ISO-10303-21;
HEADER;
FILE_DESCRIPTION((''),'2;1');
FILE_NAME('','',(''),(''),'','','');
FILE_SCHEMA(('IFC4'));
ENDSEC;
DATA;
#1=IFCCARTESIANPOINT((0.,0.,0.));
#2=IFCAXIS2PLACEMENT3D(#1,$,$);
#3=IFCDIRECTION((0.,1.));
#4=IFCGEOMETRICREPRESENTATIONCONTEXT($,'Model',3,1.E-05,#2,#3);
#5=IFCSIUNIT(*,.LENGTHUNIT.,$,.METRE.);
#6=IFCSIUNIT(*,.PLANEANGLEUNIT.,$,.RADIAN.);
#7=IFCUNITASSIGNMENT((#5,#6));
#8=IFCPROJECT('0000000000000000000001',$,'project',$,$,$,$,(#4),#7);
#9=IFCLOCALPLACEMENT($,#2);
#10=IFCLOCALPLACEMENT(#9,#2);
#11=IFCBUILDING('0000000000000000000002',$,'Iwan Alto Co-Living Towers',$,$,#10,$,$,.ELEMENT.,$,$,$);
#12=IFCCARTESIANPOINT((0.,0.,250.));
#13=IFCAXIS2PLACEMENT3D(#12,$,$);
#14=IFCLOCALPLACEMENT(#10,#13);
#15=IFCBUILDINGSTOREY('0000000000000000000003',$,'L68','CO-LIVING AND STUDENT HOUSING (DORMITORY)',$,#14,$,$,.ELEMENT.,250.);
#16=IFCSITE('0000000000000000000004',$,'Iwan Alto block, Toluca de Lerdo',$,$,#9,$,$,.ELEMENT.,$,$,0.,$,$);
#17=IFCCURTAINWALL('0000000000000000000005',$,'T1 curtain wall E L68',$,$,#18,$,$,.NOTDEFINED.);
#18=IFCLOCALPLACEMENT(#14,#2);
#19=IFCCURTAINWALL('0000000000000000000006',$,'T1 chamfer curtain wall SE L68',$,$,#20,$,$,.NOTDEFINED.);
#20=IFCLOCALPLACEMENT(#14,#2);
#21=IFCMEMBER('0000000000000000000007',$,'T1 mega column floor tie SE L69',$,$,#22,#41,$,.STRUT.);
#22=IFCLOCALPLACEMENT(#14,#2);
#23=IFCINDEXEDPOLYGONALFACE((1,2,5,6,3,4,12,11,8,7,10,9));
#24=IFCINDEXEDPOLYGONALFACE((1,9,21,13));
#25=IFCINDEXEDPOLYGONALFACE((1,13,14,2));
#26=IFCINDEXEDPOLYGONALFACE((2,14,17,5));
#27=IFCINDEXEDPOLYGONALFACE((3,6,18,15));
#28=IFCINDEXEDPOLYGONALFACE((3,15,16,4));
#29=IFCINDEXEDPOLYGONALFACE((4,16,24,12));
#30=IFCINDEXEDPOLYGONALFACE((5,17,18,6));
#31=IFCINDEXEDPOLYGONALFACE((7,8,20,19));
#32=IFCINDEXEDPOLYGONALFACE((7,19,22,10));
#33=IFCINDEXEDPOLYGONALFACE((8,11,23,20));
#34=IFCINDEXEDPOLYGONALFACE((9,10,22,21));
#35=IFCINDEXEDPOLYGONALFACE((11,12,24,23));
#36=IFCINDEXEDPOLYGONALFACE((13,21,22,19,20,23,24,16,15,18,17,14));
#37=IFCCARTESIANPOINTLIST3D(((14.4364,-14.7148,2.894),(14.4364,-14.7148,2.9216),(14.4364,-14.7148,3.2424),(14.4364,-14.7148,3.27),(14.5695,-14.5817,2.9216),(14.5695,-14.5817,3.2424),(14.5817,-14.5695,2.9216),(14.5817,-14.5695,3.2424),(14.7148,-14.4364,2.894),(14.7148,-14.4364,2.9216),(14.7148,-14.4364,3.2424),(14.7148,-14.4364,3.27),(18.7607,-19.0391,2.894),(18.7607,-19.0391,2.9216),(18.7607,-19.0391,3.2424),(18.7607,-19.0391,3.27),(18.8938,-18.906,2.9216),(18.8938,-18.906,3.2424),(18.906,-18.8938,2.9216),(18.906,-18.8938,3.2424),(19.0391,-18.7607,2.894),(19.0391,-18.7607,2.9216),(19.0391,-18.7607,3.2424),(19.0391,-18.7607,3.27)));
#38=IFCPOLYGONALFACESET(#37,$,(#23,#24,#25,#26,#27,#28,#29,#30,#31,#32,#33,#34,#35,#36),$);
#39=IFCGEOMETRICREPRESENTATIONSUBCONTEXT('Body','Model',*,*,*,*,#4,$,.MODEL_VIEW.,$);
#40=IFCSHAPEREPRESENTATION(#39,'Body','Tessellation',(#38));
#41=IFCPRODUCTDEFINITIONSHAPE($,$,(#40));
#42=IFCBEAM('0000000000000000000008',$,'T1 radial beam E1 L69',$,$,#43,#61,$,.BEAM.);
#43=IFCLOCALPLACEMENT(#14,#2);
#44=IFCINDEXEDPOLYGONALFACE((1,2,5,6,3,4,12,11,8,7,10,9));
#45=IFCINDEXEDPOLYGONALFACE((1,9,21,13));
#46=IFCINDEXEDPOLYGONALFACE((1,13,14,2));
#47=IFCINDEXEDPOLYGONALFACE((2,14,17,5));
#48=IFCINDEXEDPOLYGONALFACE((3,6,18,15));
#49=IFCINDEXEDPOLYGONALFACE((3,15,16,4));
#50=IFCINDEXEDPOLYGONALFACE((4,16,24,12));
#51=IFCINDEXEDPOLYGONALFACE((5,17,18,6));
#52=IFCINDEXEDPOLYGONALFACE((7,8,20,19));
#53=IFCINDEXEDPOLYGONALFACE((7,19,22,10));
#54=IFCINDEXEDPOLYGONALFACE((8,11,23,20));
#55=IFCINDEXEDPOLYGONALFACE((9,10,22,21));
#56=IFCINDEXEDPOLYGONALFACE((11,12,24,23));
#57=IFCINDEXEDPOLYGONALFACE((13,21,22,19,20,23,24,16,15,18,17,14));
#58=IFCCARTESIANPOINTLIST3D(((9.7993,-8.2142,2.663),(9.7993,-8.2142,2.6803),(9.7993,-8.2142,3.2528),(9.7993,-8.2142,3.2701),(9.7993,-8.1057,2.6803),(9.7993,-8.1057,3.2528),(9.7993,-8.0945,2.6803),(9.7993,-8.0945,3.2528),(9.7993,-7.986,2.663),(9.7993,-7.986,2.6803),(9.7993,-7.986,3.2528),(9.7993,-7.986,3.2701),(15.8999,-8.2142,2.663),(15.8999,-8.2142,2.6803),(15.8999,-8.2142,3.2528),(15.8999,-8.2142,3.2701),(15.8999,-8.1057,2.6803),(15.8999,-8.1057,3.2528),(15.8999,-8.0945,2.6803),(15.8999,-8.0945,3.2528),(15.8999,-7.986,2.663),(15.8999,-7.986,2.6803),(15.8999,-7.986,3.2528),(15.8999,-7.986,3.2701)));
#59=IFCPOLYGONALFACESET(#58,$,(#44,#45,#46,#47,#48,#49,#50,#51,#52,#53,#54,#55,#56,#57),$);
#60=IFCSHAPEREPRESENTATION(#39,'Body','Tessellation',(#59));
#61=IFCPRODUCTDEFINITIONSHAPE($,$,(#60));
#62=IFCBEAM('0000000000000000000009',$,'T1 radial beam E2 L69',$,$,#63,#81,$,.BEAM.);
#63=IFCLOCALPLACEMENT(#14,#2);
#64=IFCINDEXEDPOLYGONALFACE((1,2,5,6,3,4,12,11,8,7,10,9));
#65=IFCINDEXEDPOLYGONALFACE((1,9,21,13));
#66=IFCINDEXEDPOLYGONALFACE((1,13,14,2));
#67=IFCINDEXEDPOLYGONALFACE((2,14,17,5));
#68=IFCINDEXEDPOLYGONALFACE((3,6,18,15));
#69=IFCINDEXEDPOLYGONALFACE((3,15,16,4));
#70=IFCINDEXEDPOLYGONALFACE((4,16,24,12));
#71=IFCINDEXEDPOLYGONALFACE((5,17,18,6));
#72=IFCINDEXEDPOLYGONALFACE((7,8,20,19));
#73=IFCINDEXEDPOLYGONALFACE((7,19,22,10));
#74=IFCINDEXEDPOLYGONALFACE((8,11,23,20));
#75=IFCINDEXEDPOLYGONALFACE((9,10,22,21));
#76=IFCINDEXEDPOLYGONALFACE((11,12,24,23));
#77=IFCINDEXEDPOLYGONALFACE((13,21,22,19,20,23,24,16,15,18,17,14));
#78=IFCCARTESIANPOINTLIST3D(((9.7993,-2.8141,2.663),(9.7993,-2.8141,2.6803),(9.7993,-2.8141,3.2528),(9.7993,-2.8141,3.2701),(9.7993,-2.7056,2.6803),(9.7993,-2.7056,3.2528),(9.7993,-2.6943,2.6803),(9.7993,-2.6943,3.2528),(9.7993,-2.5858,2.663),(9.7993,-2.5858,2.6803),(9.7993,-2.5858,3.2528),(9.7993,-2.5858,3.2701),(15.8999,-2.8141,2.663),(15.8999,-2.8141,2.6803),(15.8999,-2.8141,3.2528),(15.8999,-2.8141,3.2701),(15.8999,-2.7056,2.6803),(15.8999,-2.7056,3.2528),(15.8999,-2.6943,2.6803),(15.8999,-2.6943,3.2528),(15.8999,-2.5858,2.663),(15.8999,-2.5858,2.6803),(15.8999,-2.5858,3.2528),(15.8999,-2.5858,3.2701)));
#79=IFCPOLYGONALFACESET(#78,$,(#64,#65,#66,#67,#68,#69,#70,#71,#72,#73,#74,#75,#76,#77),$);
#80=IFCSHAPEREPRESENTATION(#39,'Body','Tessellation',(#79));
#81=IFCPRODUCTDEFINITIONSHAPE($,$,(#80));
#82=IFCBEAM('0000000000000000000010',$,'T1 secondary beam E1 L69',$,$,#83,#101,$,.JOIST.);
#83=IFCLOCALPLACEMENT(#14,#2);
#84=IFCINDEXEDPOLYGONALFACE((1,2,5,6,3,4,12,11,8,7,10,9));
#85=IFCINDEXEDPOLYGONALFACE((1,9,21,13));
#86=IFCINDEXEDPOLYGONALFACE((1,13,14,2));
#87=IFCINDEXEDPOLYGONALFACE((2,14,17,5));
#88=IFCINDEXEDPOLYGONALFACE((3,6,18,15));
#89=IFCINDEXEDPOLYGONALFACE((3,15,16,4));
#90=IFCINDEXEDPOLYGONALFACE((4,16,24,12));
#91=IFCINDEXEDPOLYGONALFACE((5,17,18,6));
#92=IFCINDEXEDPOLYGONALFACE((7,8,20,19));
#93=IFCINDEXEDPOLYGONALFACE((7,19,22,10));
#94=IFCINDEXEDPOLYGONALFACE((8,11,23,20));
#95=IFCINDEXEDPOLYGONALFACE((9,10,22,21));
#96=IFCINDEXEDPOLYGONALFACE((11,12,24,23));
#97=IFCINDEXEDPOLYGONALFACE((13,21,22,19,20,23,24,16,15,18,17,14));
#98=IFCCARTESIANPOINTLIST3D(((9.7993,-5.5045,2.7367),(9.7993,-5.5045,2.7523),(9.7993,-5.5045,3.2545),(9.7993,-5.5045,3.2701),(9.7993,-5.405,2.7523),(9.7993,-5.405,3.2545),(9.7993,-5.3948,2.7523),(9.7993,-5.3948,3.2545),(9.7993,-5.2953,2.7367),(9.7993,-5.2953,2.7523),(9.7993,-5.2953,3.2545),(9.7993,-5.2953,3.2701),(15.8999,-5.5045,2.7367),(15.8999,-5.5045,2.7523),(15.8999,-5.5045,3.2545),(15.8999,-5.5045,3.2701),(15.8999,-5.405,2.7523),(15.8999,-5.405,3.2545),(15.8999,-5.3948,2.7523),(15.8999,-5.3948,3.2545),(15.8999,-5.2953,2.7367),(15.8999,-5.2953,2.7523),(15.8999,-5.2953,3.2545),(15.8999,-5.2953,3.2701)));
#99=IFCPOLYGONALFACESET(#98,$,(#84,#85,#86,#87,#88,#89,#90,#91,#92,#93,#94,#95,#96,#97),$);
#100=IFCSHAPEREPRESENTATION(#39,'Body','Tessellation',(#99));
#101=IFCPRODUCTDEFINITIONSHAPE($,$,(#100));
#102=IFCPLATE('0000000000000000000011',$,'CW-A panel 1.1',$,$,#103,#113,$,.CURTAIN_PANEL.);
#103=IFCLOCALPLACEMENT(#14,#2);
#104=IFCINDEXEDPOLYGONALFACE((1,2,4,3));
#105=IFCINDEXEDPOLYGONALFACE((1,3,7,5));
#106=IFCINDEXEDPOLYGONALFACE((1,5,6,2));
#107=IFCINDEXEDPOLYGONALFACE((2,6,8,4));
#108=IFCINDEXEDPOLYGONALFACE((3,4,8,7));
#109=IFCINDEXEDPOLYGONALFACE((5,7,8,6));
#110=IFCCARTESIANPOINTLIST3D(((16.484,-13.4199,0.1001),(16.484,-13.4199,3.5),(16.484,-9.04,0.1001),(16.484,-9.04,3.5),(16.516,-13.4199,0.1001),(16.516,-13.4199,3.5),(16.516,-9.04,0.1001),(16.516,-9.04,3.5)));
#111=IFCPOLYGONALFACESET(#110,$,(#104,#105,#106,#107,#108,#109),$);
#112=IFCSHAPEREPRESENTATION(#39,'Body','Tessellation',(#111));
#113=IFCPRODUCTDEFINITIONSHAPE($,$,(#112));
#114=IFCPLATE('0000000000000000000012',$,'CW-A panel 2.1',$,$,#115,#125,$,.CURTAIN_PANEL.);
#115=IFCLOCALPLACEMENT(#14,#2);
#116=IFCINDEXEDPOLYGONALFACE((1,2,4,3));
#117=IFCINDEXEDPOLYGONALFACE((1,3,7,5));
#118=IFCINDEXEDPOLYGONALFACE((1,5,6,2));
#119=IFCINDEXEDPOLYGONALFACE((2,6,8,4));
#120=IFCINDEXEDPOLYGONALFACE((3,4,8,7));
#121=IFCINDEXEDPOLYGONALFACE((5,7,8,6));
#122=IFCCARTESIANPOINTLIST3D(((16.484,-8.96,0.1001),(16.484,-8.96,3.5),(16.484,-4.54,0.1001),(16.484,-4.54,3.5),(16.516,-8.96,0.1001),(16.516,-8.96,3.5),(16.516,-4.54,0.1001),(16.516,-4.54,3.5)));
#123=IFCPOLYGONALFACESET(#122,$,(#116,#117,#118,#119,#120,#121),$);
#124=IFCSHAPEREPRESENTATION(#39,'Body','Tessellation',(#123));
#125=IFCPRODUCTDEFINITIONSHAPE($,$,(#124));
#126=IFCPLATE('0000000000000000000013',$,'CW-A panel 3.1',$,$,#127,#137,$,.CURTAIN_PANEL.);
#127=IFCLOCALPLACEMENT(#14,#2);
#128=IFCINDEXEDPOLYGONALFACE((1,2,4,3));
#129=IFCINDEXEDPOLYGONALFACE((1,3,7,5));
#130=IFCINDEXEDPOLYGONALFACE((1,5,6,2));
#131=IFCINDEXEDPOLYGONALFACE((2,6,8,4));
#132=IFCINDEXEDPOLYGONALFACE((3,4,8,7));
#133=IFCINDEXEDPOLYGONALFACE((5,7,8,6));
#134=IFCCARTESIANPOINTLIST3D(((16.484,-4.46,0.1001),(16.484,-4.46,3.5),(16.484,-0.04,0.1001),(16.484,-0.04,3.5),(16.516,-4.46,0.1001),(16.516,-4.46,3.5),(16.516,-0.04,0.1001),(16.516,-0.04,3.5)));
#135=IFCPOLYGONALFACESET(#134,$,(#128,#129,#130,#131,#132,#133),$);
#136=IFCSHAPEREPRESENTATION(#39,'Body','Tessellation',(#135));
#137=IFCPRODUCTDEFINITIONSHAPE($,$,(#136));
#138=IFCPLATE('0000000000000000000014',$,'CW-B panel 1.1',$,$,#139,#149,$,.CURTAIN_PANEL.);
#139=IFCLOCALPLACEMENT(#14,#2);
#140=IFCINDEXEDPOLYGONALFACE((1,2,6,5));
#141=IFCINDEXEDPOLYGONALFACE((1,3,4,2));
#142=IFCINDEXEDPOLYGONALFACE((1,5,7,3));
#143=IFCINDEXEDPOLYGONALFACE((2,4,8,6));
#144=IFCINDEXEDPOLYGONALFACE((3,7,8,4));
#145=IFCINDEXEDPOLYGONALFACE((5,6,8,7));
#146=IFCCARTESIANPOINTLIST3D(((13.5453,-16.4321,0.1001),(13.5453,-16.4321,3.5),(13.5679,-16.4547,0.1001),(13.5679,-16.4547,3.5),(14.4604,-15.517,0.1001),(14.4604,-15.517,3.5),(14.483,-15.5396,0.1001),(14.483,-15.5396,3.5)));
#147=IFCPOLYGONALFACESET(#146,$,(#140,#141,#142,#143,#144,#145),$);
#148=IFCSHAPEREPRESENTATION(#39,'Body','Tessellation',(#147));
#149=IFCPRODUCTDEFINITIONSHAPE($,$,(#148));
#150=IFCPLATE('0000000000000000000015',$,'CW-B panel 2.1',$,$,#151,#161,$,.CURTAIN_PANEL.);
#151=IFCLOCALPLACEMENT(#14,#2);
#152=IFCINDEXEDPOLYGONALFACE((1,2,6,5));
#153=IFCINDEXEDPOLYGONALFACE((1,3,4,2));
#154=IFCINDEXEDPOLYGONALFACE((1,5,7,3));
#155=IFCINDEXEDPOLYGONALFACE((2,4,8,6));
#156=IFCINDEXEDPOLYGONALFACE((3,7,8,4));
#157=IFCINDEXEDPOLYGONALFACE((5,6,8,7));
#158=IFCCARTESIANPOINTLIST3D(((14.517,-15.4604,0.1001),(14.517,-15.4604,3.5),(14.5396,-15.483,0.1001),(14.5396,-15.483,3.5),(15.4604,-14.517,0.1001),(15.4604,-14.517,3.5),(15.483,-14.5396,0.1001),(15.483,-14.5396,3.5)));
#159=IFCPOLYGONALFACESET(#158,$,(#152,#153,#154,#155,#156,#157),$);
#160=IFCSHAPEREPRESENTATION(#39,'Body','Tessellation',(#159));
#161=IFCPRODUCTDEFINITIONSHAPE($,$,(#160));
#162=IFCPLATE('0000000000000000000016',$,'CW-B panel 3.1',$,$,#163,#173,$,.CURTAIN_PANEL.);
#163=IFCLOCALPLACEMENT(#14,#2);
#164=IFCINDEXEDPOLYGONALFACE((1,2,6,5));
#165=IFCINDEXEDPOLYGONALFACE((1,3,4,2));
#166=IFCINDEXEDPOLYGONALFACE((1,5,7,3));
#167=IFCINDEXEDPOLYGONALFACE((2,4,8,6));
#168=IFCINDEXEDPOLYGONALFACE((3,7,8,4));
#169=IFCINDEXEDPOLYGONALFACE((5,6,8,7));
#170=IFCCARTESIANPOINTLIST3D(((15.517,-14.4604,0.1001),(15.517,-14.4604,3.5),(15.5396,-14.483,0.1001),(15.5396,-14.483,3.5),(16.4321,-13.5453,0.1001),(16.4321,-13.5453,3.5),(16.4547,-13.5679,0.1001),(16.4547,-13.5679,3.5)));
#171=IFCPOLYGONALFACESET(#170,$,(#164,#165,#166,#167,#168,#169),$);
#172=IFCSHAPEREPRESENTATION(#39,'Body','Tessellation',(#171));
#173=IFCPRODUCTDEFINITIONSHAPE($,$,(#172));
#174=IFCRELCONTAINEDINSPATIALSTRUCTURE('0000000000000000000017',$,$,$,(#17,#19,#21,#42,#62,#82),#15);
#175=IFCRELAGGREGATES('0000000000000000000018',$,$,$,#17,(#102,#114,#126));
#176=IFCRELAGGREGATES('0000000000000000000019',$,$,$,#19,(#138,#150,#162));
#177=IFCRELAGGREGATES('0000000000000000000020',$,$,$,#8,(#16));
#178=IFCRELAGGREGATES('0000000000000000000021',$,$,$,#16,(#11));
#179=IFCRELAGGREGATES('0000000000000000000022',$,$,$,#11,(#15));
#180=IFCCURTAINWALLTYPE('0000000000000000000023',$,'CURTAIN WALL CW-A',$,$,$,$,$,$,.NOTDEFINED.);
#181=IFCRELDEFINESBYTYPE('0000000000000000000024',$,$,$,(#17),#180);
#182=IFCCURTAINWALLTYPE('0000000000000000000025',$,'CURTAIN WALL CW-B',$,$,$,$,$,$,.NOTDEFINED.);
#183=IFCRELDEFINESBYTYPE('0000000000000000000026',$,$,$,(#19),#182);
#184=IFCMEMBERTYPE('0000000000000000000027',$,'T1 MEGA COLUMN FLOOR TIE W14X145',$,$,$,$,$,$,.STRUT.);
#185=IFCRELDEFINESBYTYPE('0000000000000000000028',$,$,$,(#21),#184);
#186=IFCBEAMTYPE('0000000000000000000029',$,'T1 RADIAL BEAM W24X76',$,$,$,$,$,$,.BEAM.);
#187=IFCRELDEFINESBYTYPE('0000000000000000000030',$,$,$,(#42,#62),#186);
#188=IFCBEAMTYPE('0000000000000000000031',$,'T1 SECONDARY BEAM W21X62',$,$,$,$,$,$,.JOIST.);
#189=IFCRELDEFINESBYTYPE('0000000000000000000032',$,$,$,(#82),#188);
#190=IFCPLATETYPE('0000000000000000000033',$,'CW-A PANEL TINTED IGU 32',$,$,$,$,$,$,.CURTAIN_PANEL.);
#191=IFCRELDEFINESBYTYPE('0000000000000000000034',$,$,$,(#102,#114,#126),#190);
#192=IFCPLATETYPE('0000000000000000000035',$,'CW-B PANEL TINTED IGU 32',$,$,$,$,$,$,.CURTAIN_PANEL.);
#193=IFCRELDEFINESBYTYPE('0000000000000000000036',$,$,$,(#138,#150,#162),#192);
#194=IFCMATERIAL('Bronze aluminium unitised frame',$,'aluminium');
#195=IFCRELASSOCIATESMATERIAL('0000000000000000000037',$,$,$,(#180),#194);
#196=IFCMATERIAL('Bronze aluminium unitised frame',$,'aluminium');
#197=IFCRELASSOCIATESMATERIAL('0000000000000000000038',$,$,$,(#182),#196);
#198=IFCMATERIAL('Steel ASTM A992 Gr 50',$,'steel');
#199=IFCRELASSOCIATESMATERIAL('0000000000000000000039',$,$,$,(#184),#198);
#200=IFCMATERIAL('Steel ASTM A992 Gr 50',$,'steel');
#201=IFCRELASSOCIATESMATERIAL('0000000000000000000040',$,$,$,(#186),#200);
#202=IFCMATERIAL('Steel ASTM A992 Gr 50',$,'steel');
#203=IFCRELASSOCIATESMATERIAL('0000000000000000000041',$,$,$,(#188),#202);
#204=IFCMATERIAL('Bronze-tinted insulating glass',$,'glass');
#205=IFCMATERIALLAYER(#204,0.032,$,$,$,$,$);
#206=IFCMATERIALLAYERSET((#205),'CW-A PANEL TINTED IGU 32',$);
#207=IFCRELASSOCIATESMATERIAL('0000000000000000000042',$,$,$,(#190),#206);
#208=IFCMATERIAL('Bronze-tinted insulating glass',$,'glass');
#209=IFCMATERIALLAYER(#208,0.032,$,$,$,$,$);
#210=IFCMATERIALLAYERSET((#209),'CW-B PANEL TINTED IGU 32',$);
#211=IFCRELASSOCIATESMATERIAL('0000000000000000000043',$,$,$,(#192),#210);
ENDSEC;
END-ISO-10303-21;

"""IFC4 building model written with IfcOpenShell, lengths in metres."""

from ifc_helpers import new_model, si_unit, direction, frame, origin, origin_2d, place, context, subcontext, project, spatial, rectangle, i_section, extrude, material, layer, layer_set, material_profile, profile_set, type_object, element, aggregate, save


model = new_model("IFC4")

# Units and contexts
model_context = context("Model", 3, precision=1e-05, world=origin(), true_north=direction((0.0, 1.0)))
body_context = subcontext(model_context, "Body", "Model", "MODEL_VIEW")
ifc_project = project(units=[si_unit("LENGTHUNIT", "METRE"), si_unit("PLANEANGLEUNIT", "RADIAN")], contexts=[model_context])

# Site, building, storey
site_placement = place(None, origin())
site = spatial("IfcSite", under=ifc_project, at=site_placement, Name="Iwan Alto block, Toluca de Lerdo", CompositionType="ELEMENT", RefElevation=0.0)
building_placement = place(site_placement, origin())
building = spatial("IfcBuilding", under=site, at=building_placement, Name="Iwan Alto Co-Living Towers", CompositionType="ELEMENT")
storey_placement = place(building_placement, frame((0.0, 0.0, 250.0)))
storey = spatial("IfcBuildingStorey", under=building, at=storey_placement, Name="L68", Description="CO-LIVING AND STUDENT HOUSING (DORMITORY)", CompositionType="ELEMENT", Elevation=250.0)

# Shared definitions
ifc_material_1 = material(Name="Bronze aluminium unitised frame", Category="aluminium")
curtain_wall_type_1 = type_object("IfcCurtainWallType", Name="CURTAIN WALL CW-A", PredefinedType="NOTDEFINED", material=ifc_material_1)

# Curtain walls
curtain_wall_1_placement = place(storey_placement, origin())
curtain_wall_1 = element("IfcCurtainWall", 1, at=curtain_wall_1_placement, inside=storey, type_object=curtain_wall_type_1, Name="T1 curtain wall E L68", PredefinedType="NOTDEFINED")
ifc_material_2 = material(Name="Bronze aluminium unitised frame", Category="aluminium")
curtain_wall_type_2 = type_object("IfcCurtainWallType", Name="CURTAIN WALL CW-B", PredefinedType="NOTDEFINED", material=ifc_material_2)
curtain_wall_2_placement = place(storey_placement, origin())
curtain_wall_2 = element("IfcCurtainWall", 2, at=curtain_wall_2_placement, inside=storey, type_object=curtain_wall_type_2, Name="T1 chamfer curtain wall SE L68", PredefinedType="NOTDEFINED")

# Member
ifc_material_3 = material(Name="Steel ASTM A992 Gr 50", Category="steel")
ifc_material_profile_1 = material_profile(ifc_material_3, i_section(OverallWidth=0.3938, OverallDepth=0.376, WebThickness=0.0173, FlangeThickness=0.0276, at=origin_2d()), Name="W14X145")
ifc_profile_set_1 = profile_set([ifc_material_profile_1], Name="Steel ASTM A992 Gr 50")
member_type_1 = type_object("IfcMemberType", Name="T1 MEGA COLUMN FLOOR TIE W14X145", PredefinedType="STRUT", material=ifc_profile_set_1)
member_1_placement = place(storey_placement, frame((18.8999, -18.8999, 3.082), z_axis=(-0.707107, 0.707107, 0.0), x_axis=(-0.707107, -0.707107, 0.0)))
element("IfcMember", 3, at=member_1_placement, inside=storey, type_object=member_type_1, Name="T1 mega column floor tie SE L69", PredefinedType="STRUT", context=body_context, shape_type="SweptSolid", body=[
    extrude(i_section(OverallWidth=0.3938, OverallDepth=0.376, WebThickness=0.0173, FlangeThickness=0.0276, at=origin_2d()), origin(), (0.0, 0.0, 1.0), 6.1155),
])

# Beams
ifc_material_4 = material(Name="Steel ASTM A992 Gr 50", Category="steel")
ifc_material_profile_2 = material_profile(ifc_material_4, i_section(OverallWidth=0.2283, OverallDepth=0.6072, WebThickness=0.0112, FlangeThickness=0.0173, at=origin_2d()), Name="W24X76")
ifc_profile_set_2 = profile_set([ifc_material_profile_2], Name="Steel ASTM A992 Gr 50")
beam_type_1 = type_object("IfcBeamType", Name="T1 RADIAL BEAM W24X76", PredefinedType="BEAM", material=ifc_profile_set_2)
for number, where, z_axis, x_axis, name in (
    (4, (15.8999, -8.1001, 2.9666), (-1.0, 0.0, 0.0), (0.0, -1.0, 0.0), "T1 radial beam E1 L69"),
    (5, (15.8999, -2.7, 2.9666), (-1.0, 0.0, 0.0), (0.0, -1.0, 0.0), "T1 radial beam E2 L69"),
):
    element("IfcBeam", number, at=place(storey_placement, frame(where, z_axis=z_axis, x_axis=x_axis)), inside=storey, type_object=beam_type_1, Name=name, PredefinedType="BEAM", context=body_context, shape_type="SweptSolid", body=[
        extrude(i_section(OverallWidth=0.2283, OverallDepth=0.6072, WebThickness=0.0112, FlangeThickness=0.0173, at=origin_2d()), origin(), (0.0, 0.0, 1.0), 6.1006),
    ])
ifc_material_5 = material(Name="Steel ASTM A992 Gr 50", Category="steel")
ifc_material_profile_3 = material_profile(ifc_material_5, i_section(OverallWidth=0.2092, OverallDepth=0.5334, WebThickness=0.0103, FlangeThickness=0.0156, at=origin_2d()), Name="W21X62")
ifc_profile_set_3 = profile_set([ifc_material_profile_3], Name="Steel ASTM A992 Gr 50")
beam_type_2 = type_object("IfcBeamType", Name="T1 SECONDARY BEAM W21X62", PredefinedType="JOIST", material=ifc_profile_set_3)
beam_1_placement = place(storey_placement, frame((15.8999, -5.3999, 3.0034), z_axis=(-1.0, 0.0, 0.0), x_axis=(0.0, -1.0, 0.0)))
element("IfcBeam", 6, at=beam_1_placement, inside=storey, type_object=beam_type_2, Name="T1 secondary beam E1 L69", PredefinedType="JOIST", context=body_context, shape_type="SweptSolid", body=[
    extrude(i_section(OverallWidth=0.2092, OverallDepth=0.5334, WebThickness=0.0103, FlangeThickness=0.0156, at=origin_2d()), origin(), (0.0, 0.0, 1.0), 6.1006),
])

# Plates
ifc_material_6 = material(Name="Bronze-tinted insulating glass", Category="glass")
ifc_layer_1 = layer(ifc_material_6, 0.032)
ifc_layer_set_1 = layer_set([ifc_layer_1], Name="CW-A PANEL TINTED IGU 32")
plate_type_1 = type_object("IfcPlateType", Name="CW-A PANEL TINTED IGU 32", PredefinedType="CURTAIN_PANEL", material=ifc_layer_set_1)
plate_1_placement = place(storey_placement, frame((16.5, -11.23, 0.1001), z_axis=(0.0, 0.0, 1.0), x_axis=(0.0, 1.0, 0.0)))
plate_1 = element("IfcPlate", 7, at=plate_1_placement, type_object=plate_type_1, Name="CW-A panel 1.1", PredefinedType="CURTAIN_PANEL", context=body_context, shape_type="SweptSolid", body=[
    extrude(rectangle(XDim=4.3799, YDim=0.032, at=origin_2d()), origin(), (0.0, 0.0, 1.0), 3.3999),
])
plate_2_placement = place(storey_placement, frame((16.5, -6.75, 0.1001), z_axis=(0.0, 0.0, 1.0), x_axis=(0.0, 1.0, 0.0)))
plate_2 = element("IfcPlate", 8, at=plate_2_placement, type_object=plate_type_1, Name="CW-A panel 2.1", PredefinedType="CURTAIN_PANEL", context=body_context, shape_type="SweptSolid", body=[
    extrude(rectangle(XDim=4.4199, YDim=0.032, at=origin_2d()), origin(), (0.0, 0.0, 1.0), 3.3999),
])
plate_3_placement = place(storey_placement, frame((16.5, -2.25, 0.1001), z_axis=(0.0, 0.0, 1.0), x_axis=(0.0, 1.0, 0.0)))
plate_3 = element("IfcPlate", 9, at=plate_3_placement, type_object=plate_type_1, Name="CW-A panel 3.1", PredefinedType="CURTAIN_PANEL", context=body_context, shape_type="SweptSolid", body=[
    extrude(rectangle(XDim=4.4199, YDim=0.032, at=origin_2d()), origin(), (0.0, 0.0, 1.0), 3.3999),
])
aggregate(curtain_wall_1, [plate_1, plate_2, plate_3])
ifc_material_7 = material(Name="Bronze-tinted insulating glass", Category="glass")
ifc_layer_2 = layer(ifc_material_7, 0.032)
ifc_layer_set_2 = layer_set([ifc_layer_2], Name="CW-B PANEL TINTED IGU 32")
plate_type_2 = type_object("IfcPlateType", Name="CW-B PANEL TINTED IGU 32", PredefinedType="CURTAIN_PANEL", material=ifc_layer_set_2)
plate_4_placement = place(storey_placement, frame((14.0142, -15.9858, 0.1001), z_axis=(0.0, 0.0, 1.0), x_axis=(0.707107, 0.707107, 0.0)))
plate_4 = element("IfcPlate", 10, at=plate_4_placement, type_object=plate_type_2, Name="CW-B panel 1.1", PredefinedType="CURTAIN_PANEL", context=body_context, shape_type="SweptSolid", body=[
    extrude(rectangle(XDim=1.2942, YDim=0.032, at=origin_2d()), origin(), (0.0, 0.0, 1.0), 3.3999),
])
plate_5_placement = place(storey_placement, frame((15.0, -15.0, 0.1001), z_axis=(0.0, 0.0, 1.0), x_axis=(0.707107, 0.707107, 0.0)))
plate_5 = element("IfcPlate", 11, at=plate_5_placement, type_object=plate_type_2, Name="CW-B panel 2.1", PredefinedType="CURTAIN_PANEL", context=body_context, shape_type="SweptSolid", body=[
    extrude(rectangle(XDim=1.3342, YDim=0.032, at=origin_2d()), origin(), (0.0, 0.0, 1.0), 3.3999),
])
plate_6_placement = place(storey_placement, frame((15.9858, -14.0142, 0.1001), z_axis=(0.0, 0.0, 1.0), x_axis=(0.707107, 0.707107, 0.0)))
plate_6 = element("IfcPlate", 12, at=plate_6_placement, type_object=plate_type_2, Name="CW-B panel 3.1", PredefinedType="CURTAIN_PANEL", context=body_context, shape_type="SweptSolid", body=[
    extrude(rectangle(XDim=1.2942, YDim=0.032, at=origin_2d()), origin(), (0.0, 0.0, 1.0), 3.3999),
])
aggregate(curtain_wall_2, [plate_4, plate_5, plate_6])

save(model, "model.ifc")
